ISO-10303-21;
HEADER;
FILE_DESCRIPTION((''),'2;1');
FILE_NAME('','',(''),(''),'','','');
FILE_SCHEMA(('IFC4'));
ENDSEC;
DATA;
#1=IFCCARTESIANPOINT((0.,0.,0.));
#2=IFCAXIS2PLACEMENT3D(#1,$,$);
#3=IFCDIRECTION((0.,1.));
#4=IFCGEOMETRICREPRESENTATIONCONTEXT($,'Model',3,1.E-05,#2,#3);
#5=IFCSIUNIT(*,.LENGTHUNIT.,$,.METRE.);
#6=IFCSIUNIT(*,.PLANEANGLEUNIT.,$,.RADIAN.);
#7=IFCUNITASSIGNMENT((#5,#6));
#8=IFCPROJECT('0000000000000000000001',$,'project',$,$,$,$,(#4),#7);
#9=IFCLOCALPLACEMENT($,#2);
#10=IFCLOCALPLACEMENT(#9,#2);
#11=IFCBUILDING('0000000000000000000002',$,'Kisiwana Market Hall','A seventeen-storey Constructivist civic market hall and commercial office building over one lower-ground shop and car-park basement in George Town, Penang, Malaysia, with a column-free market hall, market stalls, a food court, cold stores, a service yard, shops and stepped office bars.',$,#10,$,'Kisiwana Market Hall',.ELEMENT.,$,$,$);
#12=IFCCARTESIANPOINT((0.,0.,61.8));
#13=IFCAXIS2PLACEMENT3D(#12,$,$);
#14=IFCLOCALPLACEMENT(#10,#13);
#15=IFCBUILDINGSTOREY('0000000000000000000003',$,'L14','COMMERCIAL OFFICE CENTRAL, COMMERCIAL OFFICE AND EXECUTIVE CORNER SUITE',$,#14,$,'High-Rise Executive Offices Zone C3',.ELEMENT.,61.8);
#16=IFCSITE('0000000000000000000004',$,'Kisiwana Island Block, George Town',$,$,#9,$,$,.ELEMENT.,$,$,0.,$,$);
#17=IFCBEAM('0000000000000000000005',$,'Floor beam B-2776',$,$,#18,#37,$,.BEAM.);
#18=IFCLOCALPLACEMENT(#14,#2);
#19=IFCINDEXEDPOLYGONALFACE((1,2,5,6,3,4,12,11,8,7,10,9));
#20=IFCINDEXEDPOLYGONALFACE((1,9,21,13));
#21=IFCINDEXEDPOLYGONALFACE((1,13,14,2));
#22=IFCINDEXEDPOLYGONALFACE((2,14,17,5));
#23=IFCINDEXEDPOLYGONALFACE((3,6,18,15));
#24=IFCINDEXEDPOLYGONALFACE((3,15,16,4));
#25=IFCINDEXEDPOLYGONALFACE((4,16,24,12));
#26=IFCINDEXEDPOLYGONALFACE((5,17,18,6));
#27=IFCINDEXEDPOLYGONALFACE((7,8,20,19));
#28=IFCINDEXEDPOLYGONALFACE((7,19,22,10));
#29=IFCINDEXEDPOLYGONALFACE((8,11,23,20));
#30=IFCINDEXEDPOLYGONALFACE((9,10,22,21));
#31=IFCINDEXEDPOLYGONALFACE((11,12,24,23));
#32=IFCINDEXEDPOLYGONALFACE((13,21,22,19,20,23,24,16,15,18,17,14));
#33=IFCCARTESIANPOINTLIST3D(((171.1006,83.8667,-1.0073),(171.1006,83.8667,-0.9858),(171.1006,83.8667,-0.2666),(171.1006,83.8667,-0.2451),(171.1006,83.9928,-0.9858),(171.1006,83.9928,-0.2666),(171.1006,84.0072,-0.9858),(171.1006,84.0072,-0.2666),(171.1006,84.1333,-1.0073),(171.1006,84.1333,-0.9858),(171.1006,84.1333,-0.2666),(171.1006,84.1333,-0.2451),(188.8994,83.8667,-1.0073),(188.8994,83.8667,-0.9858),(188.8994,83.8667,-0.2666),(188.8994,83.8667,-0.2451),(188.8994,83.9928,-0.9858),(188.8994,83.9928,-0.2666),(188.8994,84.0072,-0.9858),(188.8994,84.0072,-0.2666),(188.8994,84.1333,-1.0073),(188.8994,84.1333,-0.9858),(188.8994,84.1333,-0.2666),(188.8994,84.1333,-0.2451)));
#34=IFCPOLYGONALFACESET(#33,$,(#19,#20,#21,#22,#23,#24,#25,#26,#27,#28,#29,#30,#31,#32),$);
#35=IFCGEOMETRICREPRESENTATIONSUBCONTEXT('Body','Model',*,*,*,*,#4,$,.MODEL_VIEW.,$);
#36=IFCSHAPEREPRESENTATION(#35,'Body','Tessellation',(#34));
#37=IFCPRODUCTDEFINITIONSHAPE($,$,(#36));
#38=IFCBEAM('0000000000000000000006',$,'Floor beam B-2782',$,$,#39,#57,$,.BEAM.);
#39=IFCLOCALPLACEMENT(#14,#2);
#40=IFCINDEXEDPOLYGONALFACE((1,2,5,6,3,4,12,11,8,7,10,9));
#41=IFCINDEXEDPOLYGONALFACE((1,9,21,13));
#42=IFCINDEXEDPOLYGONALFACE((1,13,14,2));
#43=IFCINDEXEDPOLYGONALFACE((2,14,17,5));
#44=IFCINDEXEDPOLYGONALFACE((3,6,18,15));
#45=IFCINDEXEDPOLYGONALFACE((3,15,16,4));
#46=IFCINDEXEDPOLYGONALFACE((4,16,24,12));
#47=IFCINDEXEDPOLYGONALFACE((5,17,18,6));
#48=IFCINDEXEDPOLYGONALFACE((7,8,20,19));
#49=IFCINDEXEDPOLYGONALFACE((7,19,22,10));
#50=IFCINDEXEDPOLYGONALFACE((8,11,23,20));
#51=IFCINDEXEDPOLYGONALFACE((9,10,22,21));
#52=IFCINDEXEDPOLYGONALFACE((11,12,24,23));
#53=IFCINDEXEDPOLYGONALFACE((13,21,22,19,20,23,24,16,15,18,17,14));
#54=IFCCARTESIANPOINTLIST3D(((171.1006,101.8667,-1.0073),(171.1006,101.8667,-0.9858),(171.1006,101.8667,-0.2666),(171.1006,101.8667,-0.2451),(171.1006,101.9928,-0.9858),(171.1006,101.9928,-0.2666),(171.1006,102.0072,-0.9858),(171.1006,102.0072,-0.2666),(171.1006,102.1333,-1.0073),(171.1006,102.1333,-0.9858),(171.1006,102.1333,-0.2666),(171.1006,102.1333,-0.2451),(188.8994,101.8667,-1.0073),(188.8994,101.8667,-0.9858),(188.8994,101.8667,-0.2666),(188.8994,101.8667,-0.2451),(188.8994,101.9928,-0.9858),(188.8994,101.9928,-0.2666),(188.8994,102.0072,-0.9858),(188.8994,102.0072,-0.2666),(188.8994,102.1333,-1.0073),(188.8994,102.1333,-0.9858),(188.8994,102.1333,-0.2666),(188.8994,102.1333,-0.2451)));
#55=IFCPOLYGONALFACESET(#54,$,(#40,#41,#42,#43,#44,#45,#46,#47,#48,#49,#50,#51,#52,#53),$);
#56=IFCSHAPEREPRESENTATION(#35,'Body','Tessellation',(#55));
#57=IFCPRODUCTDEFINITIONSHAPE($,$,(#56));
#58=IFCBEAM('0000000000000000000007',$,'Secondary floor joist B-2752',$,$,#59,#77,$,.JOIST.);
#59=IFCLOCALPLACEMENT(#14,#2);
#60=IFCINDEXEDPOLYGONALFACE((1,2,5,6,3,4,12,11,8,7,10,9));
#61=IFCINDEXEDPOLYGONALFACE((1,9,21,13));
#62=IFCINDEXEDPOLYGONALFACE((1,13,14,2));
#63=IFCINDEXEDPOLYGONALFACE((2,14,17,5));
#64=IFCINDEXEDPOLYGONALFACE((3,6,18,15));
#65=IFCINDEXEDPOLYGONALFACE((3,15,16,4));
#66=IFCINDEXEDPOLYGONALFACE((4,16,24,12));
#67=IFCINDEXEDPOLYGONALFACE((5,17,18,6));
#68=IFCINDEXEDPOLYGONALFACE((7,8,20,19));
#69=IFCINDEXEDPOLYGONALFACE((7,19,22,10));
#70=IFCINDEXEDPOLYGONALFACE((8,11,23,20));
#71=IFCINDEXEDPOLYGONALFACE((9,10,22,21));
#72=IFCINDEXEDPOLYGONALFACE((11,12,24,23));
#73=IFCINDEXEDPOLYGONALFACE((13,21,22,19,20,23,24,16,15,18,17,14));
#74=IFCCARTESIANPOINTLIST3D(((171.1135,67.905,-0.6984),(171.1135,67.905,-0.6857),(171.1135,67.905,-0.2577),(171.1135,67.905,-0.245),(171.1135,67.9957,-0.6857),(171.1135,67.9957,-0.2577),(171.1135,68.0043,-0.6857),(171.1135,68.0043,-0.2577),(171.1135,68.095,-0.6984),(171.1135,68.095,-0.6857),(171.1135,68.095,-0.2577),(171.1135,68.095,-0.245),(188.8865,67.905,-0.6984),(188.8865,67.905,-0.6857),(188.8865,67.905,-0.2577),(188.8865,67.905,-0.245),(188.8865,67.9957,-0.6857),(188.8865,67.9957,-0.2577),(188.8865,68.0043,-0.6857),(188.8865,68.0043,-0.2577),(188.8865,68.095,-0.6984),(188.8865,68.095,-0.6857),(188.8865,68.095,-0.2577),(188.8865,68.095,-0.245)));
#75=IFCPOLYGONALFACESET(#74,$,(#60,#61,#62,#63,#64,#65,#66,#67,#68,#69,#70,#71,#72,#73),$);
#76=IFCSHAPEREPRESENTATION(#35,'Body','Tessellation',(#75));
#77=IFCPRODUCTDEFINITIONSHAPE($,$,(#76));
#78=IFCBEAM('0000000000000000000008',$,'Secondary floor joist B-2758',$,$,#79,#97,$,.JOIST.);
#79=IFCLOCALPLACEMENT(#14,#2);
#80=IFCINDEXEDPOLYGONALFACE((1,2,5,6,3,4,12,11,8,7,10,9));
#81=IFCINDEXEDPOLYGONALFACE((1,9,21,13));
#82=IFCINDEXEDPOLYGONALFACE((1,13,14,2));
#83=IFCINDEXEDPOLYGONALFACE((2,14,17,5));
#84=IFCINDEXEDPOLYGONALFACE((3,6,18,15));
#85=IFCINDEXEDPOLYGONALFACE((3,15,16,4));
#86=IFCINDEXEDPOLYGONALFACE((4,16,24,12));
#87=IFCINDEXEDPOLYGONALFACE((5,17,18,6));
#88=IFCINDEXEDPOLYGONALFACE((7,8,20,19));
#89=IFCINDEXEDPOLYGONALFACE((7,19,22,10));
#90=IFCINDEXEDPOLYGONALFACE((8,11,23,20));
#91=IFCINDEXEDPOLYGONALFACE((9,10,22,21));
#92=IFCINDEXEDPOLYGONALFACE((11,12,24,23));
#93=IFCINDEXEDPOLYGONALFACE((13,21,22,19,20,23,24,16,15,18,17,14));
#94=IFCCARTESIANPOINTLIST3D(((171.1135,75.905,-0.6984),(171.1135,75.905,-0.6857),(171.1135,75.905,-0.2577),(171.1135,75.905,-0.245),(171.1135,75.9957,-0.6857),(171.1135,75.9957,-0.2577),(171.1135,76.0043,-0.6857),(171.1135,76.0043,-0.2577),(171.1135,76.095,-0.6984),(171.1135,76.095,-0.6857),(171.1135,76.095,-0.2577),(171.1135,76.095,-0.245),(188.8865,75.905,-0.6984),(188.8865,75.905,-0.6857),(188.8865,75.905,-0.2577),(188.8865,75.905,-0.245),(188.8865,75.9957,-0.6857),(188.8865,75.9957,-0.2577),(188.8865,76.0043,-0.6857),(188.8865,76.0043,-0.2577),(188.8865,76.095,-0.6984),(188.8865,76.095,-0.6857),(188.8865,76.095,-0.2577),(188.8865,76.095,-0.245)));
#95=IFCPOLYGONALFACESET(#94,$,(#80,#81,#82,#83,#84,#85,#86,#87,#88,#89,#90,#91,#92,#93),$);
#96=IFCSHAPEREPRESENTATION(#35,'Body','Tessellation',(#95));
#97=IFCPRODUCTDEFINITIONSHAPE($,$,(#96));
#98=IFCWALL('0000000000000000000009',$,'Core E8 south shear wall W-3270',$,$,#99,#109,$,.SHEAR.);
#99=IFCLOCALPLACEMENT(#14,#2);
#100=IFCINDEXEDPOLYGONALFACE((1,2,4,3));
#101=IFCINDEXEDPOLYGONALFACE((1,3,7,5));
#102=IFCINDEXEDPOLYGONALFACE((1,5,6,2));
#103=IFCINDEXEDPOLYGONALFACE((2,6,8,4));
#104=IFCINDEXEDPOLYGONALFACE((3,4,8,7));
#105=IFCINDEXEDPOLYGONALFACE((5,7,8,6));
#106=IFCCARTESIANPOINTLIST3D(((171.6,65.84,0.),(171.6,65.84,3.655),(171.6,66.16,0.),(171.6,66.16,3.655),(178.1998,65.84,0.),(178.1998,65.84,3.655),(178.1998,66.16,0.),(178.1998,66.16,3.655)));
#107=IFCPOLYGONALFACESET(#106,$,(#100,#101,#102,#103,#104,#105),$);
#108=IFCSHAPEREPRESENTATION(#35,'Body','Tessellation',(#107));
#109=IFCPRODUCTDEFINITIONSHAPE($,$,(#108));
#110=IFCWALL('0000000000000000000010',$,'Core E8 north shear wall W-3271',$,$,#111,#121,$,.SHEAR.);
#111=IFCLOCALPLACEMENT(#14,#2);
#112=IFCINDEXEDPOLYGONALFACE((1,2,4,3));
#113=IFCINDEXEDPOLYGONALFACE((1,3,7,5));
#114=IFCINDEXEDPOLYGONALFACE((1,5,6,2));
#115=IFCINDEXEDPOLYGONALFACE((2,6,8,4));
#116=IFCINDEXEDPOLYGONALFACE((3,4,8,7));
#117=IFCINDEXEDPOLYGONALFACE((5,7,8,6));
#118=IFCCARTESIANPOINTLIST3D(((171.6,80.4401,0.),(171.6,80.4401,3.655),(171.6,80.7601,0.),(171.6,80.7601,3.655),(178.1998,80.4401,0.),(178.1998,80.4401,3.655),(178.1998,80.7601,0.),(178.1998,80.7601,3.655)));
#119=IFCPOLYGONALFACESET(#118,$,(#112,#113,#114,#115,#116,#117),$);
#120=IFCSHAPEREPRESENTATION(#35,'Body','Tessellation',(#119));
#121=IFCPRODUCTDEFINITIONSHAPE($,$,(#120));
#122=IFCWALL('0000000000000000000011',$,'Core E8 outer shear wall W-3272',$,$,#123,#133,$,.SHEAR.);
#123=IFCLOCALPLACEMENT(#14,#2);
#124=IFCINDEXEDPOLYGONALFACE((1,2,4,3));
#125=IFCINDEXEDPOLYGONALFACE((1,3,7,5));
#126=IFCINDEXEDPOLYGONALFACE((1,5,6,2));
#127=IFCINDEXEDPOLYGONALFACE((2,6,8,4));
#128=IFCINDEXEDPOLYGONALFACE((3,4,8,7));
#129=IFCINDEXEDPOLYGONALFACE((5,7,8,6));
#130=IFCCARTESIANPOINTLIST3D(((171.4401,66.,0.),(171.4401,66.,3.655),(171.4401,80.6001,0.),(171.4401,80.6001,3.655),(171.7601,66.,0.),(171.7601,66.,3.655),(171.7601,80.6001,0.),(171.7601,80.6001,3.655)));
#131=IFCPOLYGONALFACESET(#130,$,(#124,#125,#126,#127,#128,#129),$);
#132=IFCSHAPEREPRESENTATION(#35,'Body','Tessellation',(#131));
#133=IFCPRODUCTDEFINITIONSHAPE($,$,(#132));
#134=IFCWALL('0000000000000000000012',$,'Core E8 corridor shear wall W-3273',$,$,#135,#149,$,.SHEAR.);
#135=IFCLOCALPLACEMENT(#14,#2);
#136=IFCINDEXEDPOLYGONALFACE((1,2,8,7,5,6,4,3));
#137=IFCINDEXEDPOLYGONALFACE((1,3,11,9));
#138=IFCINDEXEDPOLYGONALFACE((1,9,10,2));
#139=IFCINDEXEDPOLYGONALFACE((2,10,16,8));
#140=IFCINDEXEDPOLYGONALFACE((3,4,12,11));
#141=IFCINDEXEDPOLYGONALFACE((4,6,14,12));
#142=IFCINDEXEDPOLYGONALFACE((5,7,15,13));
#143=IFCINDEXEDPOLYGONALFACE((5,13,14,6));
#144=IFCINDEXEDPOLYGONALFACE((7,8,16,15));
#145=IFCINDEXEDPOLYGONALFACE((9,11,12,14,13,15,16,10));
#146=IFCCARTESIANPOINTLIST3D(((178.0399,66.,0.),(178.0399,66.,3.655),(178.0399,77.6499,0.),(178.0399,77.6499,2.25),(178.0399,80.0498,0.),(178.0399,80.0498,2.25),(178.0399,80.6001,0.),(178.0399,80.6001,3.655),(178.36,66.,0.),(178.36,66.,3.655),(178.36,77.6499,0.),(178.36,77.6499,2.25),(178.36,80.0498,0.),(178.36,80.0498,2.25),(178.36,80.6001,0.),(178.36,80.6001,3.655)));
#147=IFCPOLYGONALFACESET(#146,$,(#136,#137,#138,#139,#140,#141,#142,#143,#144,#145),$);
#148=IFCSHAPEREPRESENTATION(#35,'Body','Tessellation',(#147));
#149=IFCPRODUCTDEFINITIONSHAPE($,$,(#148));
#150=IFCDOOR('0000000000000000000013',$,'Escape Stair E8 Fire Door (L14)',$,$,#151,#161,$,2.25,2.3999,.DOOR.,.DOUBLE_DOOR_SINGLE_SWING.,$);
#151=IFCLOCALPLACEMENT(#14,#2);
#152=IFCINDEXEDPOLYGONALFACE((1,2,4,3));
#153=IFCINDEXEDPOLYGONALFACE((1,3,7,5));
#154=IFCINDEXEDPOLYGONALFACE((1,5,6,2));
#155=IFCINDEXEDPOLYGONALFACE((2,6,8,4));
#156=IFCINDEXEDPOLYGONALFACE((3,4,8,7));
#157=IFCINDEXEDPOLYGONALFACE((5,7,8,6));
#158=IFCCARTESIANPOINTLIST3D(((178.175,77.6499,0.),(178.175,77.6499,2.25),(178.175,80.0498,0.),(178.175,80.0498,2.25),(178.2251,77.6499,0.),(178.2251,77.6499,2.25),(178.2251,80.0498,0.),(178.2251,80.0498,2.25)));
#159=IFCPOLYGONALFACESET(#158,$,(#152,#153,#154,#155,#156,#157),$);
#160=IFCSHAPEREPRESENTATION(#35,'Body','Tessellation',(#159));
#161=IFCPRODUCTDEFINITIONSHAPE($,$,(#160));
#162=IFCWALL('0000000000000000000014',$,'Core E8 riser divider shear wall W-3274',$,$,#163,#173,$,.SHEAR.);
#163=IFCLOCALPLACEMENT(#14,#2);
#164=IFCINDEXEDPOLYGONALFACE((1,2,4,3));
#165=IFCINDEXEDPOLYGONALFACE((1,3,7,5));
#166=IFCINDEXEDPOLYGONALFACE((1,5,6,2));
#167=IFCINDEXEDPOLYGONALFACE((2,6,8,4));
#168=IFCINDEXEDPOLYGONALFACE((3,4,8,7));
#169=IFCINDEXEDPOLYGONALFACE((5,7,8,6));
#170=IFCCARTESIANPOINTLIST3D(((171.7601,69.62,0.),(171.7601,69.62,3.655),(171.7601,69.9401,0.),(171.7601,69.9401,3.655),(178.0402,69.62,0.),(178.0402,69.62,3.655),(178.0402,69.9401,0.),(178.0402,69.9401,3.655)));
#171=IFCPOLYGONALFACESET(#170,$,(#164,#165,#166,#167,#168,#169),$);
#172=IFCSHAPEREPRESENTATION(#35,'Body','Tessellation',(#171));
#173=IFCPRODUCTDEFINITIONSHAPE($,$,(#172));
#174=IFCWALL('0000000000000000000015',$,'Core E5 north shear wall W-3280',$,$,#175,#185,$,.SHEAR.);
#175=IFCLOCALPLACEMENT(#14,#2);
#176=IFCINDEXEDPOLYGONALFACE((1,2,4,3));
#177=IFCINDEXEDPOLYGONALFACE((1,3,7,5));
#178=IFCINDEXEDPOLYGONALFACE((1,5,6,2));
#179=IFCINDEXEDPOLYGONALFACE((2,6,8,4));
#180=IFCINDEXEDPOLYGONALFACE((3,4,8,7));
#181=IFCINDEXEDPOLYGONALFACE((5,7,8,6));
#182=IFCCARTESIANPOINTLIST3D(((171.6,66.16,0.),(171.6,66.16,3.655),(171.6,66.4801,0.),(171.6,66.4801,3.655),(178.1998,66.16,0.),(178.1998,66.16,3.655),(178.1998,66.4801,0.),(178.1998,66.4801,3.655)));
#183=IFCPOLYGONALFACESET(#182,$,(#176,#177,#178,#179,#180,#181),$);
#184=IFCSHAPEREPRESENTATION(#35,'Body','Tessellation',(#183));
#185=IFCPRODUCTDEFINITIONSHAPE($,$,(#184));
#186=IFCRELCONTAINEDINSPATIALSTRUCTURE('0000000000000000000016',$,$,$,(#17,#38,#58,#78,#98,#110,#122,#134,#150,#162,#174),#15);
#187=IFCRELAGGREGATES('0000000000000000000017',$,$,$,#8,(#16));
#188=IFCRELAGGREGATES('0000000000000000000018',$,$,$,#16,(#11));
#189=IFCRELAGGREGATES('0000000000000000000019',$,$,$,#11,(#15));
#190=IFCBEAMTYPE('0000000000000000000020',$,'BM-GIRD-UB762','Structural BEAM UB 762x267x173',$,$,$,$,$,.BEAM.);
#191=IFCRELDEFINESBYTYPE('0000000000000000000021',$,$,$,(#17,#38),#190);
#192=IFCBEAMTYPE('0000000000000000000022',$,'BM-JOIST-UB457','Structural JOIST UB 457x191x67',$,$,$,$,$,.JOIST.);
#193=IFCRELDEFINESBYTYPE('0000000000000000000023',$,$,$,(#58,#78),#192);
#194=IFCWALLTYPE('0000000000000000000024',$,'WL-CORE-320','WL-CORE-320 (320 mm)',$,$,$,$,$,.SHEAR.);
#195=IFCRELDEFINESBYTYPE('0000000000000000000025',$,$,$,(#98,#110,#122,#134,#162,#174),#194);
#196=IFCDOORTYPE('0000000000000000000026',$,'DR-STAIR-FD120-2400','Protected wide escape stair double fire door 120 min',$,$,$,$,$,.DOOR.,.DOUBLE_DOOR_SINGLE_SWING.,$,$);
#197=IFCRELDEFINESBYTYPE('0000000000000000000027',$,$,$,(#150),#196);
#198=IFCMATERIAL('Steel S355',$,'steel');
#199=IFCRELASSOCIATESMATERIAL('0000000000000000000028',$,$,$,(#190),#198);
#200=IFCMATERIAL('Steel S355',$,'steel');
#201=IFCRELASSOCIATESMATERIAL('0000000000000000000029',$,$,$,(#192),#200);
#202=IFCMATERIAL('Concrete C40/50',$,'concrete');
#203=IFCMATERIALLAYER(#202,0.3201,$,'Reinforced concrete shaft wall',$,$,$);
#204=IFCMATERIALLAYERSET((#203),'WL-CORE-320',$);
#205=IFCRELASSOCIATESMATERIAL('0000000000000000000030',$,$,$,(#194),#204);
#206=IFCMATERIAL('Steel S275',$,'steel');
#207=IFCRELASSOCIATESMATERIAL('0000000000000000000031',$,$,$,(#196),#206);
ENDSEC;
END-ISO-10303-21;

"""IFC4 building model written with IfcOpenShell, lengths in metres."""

from ifc_helpers import new_model, si_unit, direction, frame, frame_2d, origin, origin_2d, place, context, subcontext, project, spatial, rectangle, i_section, extrude, material, layer, layer_set, material_profile, profile_set, type_object, element, fill, save


model = new_model("IFC4")

# Units and contexts
model_context = context("Model", 3, precision=1e-05, world=origin(), true_north=direction((0.0, 1.0)))
body_context = subcontext(model_context, "Body", "Model", "MODEL_VIEW")
ifc_project = project(units=[si_unit("LENGTHUNIT", "METRE"), si_unit("PLANEANGLEUNIT", "RADIAN")], contexts=[model_context])

# Site, building, storey
site_placement = place(None, origin())
site = spatial("IfcSite", under=ifc_project, at=site_placement, Name="Kisiwana Island Block, George Town", CompositionType="ELEMENT", RefElevation=0.0)
building_placement = place(site_placement, origin())
building = spatial("IfcBuilding", under=site, at=building_placement, Name="Kisiwana Market Hall", Description="A seventeen-storey Constructivist civic market hall and commercial office building over one lower-ground shop and car-park basement in George Town, Penang, Malaysia, with a column-free market hall, market stalls, a food court, cold stores, a service yard, shops and stepped office bars.", LongName="Kisiwana Market Hall", CompositionType="ELEMENT")
storey_placement = place(building_placement, frame((0.0, 0.0, 61.8)))
storey = spatial("IfcBuildingStorey", under=building, at=storey_placement, Name="L14", Description="COMMERCIAL OFFICE CENTRAL, COMMERCIAL OFFICE AND EXECUTIVE CORNER SUITE", LongName="High-Rise Executive Offices Zone C3", CompositionType="ELEMENT", Elevation=61.8)

# Beams
ifc_material_1 = material(Name="Steel S355", Category="steel")
ifc_material_profile_1 = material_profile(ifc_material_1, i_section(OverallWidth=0.2666, OverallDepth=0.7622, WebThickness=0.0144, FlangeThickness=0.0215, at=origin_2d()), Name="UB 762x267x173")
ifc_profile_set_1 = profile_set([ifc_material_profile_1], Name="Steel S355")
beam_type_1 = type_object("IfcBeamType", Name="BM-GIRD-UB762", Description="Structural BEAM UB 762x267x173", PredefinedType="BEAM", material=ifc_profile_set_1)
for number, where, z_axis, x_axis, name in (
    (1, (171.1006, 84.0, -0.6262), (1.0, 0.0, 0.0), (0.0, 1.0, 0.0), "Floor beam B-2776"),
    (2, (171.1006, 102.0, -0.6262), (1.0, 0.0, 0.0), (0.0, 1.0, 0.0), "Floor beam B-2782"),
):
    element("IfcBeam", number, at=place(storey_placement, frame(where, z_axis=z_axis, x_axis=x_axis)), inside=storey, type_object=beam_type_1, Name=name, PredefinedType="BEAM", context=body_context, shape_type="SweptSolid", body=[
        extrude(i_section(OverallWidth=0.2666, OverallDepth=0.7622, WebThickness=0.0144, FlangeThickness=0.0215, at=origin_2d()), origin(), (0.0, 0.0, 1.0), 17.7988),
    ])
ifc_material_2 = material(Name="Steel S355", Category="steel")
ifc_material_profile_2 = material_profile(ifc_material_2, i_section(OverallWidth=0.1899, OverallDepth=0.4534, WebThickness=0.0085, FlangeThickness=0.0127, at=origin_2d()), Name="UB 457x191x67")
ifc_profile_set_2 = profile_set([ifc_material_profile_2], Name="Steel S355")
beam_type_2 = type_object("IfcBeamType", Name="BM-JOIST-UB457", Description="Structural JOIST UB 457x191x67", PredefinedType="JOIST", material=ifc_profile_set_2)
for number, where, z_axis, x_axis, name in (
    (3, (171.1135, 68.0, -0.4717), (1.0, 0.0, 0.0), (0.0, 1.0, 0.0), "Secondary floor joist B-2752"),
    (4, (171.1135, 76.0, -0.4717), (1.0, 0.0, 0.0), (0.0, 1.0, 0.0), "Secondary floor joist B-2758"),
):
    element("IfcBeam", number, at=place(storey_placement, frame(where, z_axis=z_axis, x_axis=x_axis)), inside=storey, type_object=beam_type_2, Name=name, PredefinedType="JOIST", context=body_context, shape_type="SweptSolid", body=[
        extrude(i_section(OverallWidth=0.1899, OverallDepth=0.4534, WebThickness=0.0085, FlangeThickness=0.0127, at=origin_2d()), origin(), (0.0, 0.0, 1.0), 17.7729),
    ])

# Walls
ifc_material_3 = material(Name="Concrete C40/50", Category="concrete")
ifc_layer_1 = layer(ifc_material_3, 0.3201, Name="Reinforced concrete shaft wall")
ifc_layer_set_1 = layer_set([ifc_layer_1], Name="WL-CORE-320")
wall_type_1 = type_object("IfcWallType", Name="WL-CORE-320", Description="WL-CORE-320 (320 mm)", PredefinedType="SHEAR", material=ifc_layer_set_1)
for number, where, z_axis, x_axis, name in (
    (5, (171.6001, 66.0, 0.0), (0.0, 0.0, 1.0), (1.0, 0.0, 0.0), "Core E8 south shear wall W-3270"),
    (6, (171.6001, 80.6001, 0.0), (0.0, 0.0, 1.0), (1.0, 0.0, 0.0), "Core E8 north shear wall W-3271"),
):
    element("IfcWall", number, at=place(storey_placement, frame(where, z_axis=z_axis, x_axis=x_axis)), inside=storey, type_object=wall_type_1, Name=name, PredefinedType="SHEAR", context=body_context, shape_type="SweptSolid", body=[
        extrude(rectangle(XDim=6.5999, YDim=0.3201, at=frame_2d((3.2998, 0.0))), origin(), (0.0, 0.0, 1.0), 3.655),
    ])
wall_1_placement = place(storey_placement, frame((171.6001, 66.0, 0.0), z_axis=(0.0, 0.0, 1.0), x_axis=(0.0, 1.0, 0.0)))
element("IfcWall", 7, at=wall_1_placement, inside=storey, type_object=wall_type_1, Name="Core E8 outer shear wall W-3272", PredefinedType="SHEAR", context=body_context, shape_type="SweptSolid", body=[
    extrude(rectangle(XDim=14.6001, YDim=0.3201, at=frame_2d((7.3, 0.0))), origin(), (0.0, 0.0, 1.0), 3.655),
])

# Wall, opening, door
wall_2_placement = place(storey_placement, frame((178.2, 66.0, 0.0), z_axis=(0.0, 0.0, 1.0), x_axis=(0.0, 1.0, 0.0)))
wall_2 = element("IfcWall", 8, at=wall_2_placement, inside=storey, type_object=wall_type_1, Name="Core E8 corridor shear wall W-3273", PredefinedType="SHEAR", context=body_context, shape_type="SweptSolid", body=[
    extrude(rectangle(XDim=14.6001, YDim=0.3201, at=frame_2d((7.3, 0.0))), origin(), (0.0, 0.0, 1.0), 3.655),
])
opening_1_placement = place(wall_2_placement, frame((11.6499, 0.0, 0.0)))
opening_1 = element("IfcOpeningElement", 9, at=opening_1_placement, cuts=wall_2, PredefinedType="OPENING", context=body_context, shape_type="SweptSolid", body=[
    extrude(rectangle(XDim=2.3999, YDim=2.25, at=frame_2d((1.2, 1.125))), frame((0.0, 0.1719, 0.0), z_axis=(0.0, -1.0, 0.0), x_axis=(1.0, 0.0, 0.0)), (0.0, 0.0, 1.0), 0.344),
])
ifc_material_4 = material(Name="Steel S275", Category="steel")
door_type_1 = type_object("IfcDoorType", Name="DR-STAIR-FD120-2400", Description="Protected wide escape stair double fire door 120 min", OperationType="DOUBLE_DOOR_SINGLE_SWING", PredefinedType="DOOR", material=ifc_material_4)
door_1_placement = place(opening_1_placement, origin())
door_1 = element("IfcDoor", 10, at=door_1_placement, inside=storey, type_object=door_type_1, Name="Escape Stair E8 Fire Door (L14)", OperationType="DOUBLE_DOOR_SINGLE_SWING", OverallHeight=2.25, OverallWidth=2.3999, PredefinedType="DOOR", context=body_context, shape_type="SweptSolid", body=[
    extrude(rectangle(XDim=2.3999, YDim=2.25, at=frame_2d((1.2, 1.125))), frame((0.0, 0.0249, 0.0), z_axis=(0.0, -1.0, 0.0), x_axis=(1.0, 0.0, 0.0)), (0.0, 0.0, 1.0), 0.05),
])
fill(opening_1, door_1)

# Walls
wall_3_placement = place(storey_placement, frame((171.76, 69.78, 0.0), z_axis=(0.0, 0.0, 1.0), x_axis=(1.0, 0.0, 0.0)))
element("IfcWall", 11, at=wall_3_placement, inside=storey, type_object=wall_type_1, Name="Core E8 riser divider shear wall W-3274", PredefinedType="SHEAR", context=body_context, shape_type="SweptSolid", body=[
    extrude(rectangle(XDim=6.28, YDim=0.3201, at=frame_2d((3.1401, 0.0))), origin(), (0.0, 0.0, 1.0), 3.655),
])
wall_4_placement = place(storey_placement, frame((171.6001, 66.3201, 0.0), z_axis=(0.0, 0.0, 1.0), x_axis=(1.0, 0.0, 0.0)))
element("IfcWall", 12, at=wall_4_placement, inside=storey, type_object=wall_type_1, Name="Core E5 north shear wall W-3280", PredefinedType="SHEAR", context=body_context, shape_type="SweptSolid", body=[
    extrude(rectangle(XDim=6.5999, YDim=0.3201, at=frame_2d((3.2998, 0.0))), origin(), (0.0, 0.0, 1.0), 3.655),
])

save(model, "model.ifc")
